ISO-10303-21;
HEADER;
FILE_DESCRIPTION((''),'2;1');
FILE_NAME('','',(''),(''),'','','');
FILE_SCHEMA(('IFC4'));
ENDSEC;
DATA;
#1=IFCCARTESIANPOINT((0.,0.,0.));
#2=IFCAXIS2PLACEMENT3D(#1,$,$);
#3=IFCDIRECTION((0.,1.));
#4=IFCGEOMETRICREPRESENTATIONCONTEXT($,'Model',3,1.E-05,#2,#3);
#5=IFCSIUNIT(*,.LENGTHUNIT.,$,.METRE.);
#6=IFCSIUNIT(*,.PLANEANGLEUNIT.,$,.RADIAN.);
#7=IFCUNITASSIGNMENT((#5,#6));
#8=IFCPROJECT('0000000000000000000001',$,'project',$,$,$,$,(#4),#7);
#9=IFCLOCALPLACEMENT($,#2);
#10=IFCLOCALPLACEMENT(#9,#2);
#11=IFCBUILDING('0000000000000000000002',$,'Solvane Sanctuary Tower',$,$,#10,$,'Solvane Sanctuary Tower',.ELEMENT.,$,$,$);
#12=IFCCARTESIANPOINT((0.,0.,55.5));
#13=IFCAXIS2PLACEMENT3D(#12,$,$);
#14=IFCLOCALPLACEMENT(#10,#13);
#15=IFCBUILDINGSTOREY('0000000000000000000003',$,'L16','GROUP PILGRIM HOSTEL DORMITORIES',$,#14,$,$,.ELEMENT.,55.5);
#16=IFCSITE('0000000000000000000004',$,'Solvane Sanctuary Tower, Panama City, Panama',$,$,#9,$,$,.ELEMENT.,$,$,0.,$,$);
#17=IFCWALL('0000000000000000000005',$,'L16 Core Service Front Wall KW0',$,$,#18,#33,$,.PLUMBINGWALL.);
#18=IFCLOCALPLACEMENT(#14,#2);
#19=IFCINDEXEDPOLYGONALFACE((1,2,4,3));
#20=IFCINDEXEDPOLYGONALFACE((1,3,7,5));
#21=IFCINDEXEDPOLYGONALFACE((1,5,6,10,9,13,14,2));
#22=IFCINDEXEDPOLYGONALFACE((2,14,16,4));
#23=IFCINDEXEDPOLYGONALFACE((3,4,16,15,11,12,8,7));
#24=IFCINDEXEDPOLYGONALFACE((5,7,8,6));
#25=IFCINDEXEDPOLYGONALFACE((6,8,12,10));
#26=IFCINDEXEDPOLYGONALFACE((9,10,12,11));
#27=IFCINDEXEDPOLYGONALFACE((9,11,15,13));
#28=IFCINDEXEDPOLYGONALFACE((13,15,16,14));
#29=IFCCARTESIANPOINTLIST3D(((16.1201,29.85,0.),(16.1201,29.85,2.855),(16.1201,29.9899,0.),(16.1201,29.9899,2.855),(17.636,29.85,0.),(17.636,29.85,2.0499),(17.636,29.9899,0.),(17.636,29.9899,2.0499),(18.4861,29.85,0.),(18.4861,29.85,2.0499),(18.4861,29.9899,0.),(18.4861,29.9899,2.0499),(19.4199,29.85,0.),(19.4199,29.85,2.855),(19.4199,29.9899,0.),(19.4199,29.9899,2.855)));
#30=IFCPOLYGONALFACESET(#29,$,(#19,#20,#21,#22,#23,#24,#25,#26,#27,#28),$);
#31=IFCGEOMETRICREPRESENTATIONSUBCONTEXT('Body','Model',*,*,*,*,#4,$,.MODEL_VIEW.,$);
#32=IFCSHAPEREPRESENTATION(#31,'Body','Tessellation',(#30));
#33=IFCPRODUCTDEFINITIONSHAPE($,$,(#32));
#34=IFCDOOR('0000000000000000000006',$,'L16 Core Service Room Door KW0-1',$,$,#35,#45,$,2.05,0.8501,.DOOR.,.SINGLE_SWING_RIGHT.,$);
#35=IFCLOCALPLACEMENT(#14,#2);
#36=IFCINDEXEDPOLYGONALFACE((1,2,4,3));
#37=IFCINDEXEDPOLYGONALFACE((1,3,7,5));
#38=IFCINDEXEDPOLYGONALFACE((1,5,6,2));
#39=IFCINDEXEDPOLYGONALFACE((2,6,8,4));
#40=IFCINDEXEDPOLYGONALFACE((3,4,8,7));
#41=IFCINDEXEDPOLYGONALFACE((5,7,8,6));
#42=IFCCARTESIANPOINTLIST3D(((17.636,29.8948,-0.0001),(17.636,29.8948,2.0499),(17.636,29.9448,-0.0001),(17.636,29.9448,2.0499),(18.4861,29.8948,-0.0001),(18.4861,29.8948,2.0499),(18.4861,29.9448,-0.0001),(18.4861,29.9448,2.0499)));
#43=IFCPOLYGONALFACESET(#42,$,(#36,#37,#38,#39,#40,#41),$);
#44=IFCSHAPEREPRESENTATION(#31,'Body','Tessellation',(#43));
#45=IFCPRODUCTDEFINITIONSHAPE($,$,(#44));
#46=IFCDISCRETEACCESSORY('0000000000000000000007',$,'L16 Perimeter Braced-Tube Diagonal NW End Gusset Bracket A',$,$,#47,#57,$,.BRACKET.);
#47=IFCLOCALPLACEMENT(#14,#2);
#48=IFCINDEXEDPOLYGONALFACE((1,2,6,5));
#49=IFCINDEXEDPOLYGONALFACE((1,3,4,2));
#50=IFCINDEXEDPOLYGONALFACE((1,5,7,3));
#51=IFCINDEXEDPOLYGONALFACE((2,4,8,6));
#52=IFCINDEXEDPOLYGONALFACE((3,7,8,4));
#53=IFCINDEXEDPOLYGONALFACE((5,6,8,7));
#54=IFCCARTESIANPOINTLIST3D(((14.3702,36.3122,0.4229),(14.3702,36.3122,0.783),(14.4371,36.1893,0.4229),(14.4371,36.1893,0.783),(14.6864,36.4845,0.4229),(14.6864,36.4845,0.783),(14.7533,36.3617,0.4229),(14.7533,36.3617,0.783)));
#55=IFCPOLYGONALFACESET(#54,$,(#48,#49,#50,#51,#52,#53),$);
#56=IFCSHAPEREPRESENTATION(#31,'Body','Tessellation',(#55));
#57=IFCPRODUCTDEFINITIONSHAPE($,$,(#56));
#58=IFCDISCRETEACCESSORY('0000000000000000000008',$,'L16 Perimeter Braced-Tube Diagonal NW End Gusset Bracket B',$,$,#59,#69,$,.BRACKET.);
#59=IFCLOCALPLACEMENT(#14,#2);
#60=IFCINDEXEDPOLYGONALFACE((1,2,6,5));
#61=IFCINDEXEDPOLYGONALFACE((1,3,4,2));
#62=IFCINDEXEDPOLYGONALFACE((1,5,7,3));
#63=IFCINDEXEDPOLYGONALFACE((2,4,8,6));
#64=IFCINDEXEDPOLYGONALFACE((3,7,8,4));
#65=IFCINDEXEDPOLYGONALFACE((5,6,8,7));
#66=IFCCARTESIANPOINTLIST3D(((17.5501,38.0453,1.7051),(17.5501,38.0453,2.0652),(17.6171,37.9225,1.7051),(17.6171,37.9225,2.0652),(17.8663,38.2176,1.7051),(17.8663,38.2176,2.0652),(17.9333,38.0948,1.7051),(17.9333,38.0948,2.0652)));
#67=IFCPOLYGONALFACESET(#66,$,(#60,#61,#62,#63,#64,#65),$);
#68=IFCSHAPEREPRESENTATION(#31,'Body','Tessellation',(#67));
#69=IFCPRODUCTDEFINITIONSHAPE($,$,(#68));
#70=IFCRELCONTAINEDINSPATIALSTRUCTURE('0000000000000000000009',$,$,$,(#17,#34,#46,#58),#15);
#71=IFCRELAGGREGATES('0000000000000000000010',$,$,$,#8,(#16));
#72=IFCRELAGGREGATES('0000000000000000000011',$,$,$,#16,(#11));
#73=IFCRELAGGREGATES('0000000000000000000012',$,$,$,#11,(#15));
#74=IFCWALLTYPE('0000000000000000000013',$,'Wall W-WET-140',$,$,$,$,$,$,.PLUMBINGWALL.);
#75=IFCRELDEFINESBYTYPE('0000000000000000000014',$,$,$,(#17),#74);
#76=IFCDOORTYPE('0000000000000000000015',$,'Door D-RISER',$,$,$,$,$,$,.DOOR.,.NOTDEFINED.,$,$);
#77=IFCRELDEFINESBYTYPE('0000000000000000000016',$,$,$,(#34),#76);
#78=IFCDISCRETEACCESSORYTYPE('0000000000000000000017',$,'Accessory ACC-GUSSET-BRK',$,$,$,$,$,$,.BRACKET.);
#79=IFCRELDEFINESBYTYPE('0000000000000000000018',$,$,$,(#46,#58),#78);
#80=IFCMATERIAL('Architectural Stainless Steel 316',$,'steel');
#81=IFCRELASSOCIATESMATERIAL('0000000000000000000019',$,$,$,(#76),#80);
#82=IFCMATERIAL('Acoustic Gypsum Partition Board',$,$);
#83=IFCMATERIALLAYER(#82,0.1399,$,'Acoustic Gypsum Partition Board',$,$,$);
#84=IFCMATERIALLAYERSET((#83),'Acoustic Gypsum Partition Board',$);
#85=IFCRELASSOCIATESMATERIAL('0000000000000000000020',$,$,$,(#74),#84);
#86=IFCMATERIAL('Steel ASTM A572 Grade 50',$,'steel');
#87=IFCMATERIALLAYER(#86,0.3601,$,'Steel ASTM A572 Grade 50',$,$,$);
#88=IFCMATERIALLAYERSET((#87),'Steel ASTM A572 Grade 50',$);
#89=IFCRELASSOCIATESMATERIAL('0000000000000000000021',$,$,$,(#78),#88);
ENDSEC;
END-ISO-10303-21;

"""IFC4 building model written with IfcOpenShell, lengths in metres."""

from ifc_helpers import new_model, si_unit, direction, frame, frame_2d, origin, origin_2d, place, context, subcontext, project, spatial, rectangle, extrude, material, layer, layer_set, type_object, element, fill, save


model = new_model("IFC4")

# Units and contexts
model_context = context("Model", 3, precision=1e-05, world=origin(), true_north=direction((0.0, 1.0)))
body_context = subcontext(model_context, "Body", "Model", "MODEL_VIEW")
ifc_project = project(units=[si_unit("LENGTHUNIT", "METRE"), si_unit("PLANEANGLEUNIT", "RADIAN")], contexts=[model_context])

# Site, building, storey
site_placement = place(None, origin())
site = spatial("IfcSite", under=ifc_project, at=site_placement, Name="Solvane Sanctuary Tower, Panama City, Panama", CompositionType="ELEMENT", RefElevation=0.0)
building_placement = place(site_placement, origin())
building = spatial("IfcBuilding", under=site, at=building_placement, Name="Solvane Sanctuary Tower", LongName="Solvane Sanctuary Tower", CompositionType="ELEMENT")
storey_placement = place(building_placement, frame((0.0, 0.0, 55.5)))
storey = spatial("IfcBuildingStorey", under=building, at=storey_placement, Name="L16", Description="GROUP PILGRIM HOSTEL DORMITORIES", CompositionType="ELEMENT", Elevation=55.5)

# Shared definitions
ifc_material_1 = material(Name="Acoustic Gypsum Partition Board")

# Shared definitions
ifc_material_2 = material(Name="Architectural Stainless Steel 316", Category="steel")
door_type_1 = type_object("IfcDoorType", Name="Door D-RISER", OperationType="NOTDEFINED", PredefinedType="DOOR", material=ifc_material_2)

# Wall, opening, door
ifc_layer_1 = layer(ifc_material_1, 0.1399, Name="Acoustic Gypsum Partition Board")
ifc_layer_set_1 = layer_set([ifc_layer_1], Name="Acoustic Gypsum Partition Board")
wall_type_1 = type_object("IfcWallType", Name="Wall W-WET-140", PredefinedType="PLUMBINGWALL", material=ifc_layer_set_1)
wall_1_placement = place(storey_placement, frame((16.1201, 29.9199, 0.0), z_axis=(0.0, 0.0, 1.0), x_axis=(1.0, 0.0, 0.0)))
wall_1 = element("IfcWall", 1, at=wall_1_placement, inside=storey, type_object=wall_type_1, Name="L16 Core Service Front Wall KW0", PredefinedType="PLUMBINGWALL", context=body_context, shape_type="SweptSolid", body=[
    extrude(rectangle(XDim=3.2998, YDim=0.1399, at=frame_2d((1.6499, 0.0))), origin(), (0.0, 0.0, 1.0), 2.855),
])
opening_1_placement = place(wall_1_placement, frame((1.5159, 0.0, 0.0)))
opening_1 = element("IfcOpeningElement", 2, at=opening_1_placement, cuts=wall_1, PredefinedType="OPENING", context=body_context, shape_type="SweptSolid", body=[
    extrude(rectangle(XDim=0.8501, YDim=2.05, at=frame_2d((0.425, 1.0249))), frame((0.0, 0.0798, 0.0), z_axis=(0.0, -1.0, 0.0), x_axis=(1.0, 0.0, 0.0)), (0.0, 0.0, 1.0), 0.1599),
])
door_1_placement = place(opening_1_placement, origin())
door_1 = element("IfcDoor", 3, at=door_1_placement, inside=storey, type_object=door_type_1, Name="L16 Core Service Room Door KW0-1", OperationType="SINGLE_SWING_RIGHT", OverallHeight=2.05, OverallWidth=0.8501, PredefinedType="DOOR", context=body_context, shape_type="SweptSolid", body=[
    extrude(rectangle(XDim=0.8501, YDim=2.05, at=frame_2d((0.425, 1.0249))), frame((0.0, 0.0249, 0.0), z_axis=(0.0, -1.0, 0.0), x_axis=(1.0, 0.0, 0.0)), (0.0, 0.0, 1.0), 0.05),
])
fill(opening_1, door_1)

# Discrete accessories
ifc_material_3 = material(Name="Steel ASTM A572 Grade 50", Category="steel")
ifc_layer_2 = layer(ifc_material_3, 0.3601, Name="Steel ASTM A572 Grade 50")
ifc_layer_set_2 = layer_set([ifc_layer_2], Name="Steel ASTM A572 Grade 50")
discrete_accessory_type = type_object("IfcDiscreteAccessoryType", Name="Accessory ACC-GUSSET-BRK", PredefinedType="BRACKET", material=ifc_layer_set_2)
for number, where, z_axis, x_axis, name in (
    (4, (14.5618, 36.3369, 0.4229), (0.0, 0.0, 1.0), (0.878067, 0.478539, 0.0), "L16 Perimeter Braced-Tube Diagonal NW End Gusset Bracket A"),
    (5, (17.7417, 38.0701, 1.7051), (0.0, 0.0, 1.0), (0.878067, 0.478539, 0.0), "L16 Perimeter Braced-Tube Diagonal NW End Gusset Bracket B"),
):
    element("IfcDiscreteAccessory", number, at=place(storey_placement, frame(where, z_axis=z_axis, x_axis=x_axis)), inside=storey, type_object=discrete_accessory_type, Name=name, PredefinedType="BRACKET", context=body_context, shape_type="SweptSolid", body=[
        extrude(rectangle(XDim=0.3601, YDim=0.1399, at=origin_2d()), origin(), (0.0, 0.0, 1.0), 0.3601),
    ])

save(model, "model.ifc")
